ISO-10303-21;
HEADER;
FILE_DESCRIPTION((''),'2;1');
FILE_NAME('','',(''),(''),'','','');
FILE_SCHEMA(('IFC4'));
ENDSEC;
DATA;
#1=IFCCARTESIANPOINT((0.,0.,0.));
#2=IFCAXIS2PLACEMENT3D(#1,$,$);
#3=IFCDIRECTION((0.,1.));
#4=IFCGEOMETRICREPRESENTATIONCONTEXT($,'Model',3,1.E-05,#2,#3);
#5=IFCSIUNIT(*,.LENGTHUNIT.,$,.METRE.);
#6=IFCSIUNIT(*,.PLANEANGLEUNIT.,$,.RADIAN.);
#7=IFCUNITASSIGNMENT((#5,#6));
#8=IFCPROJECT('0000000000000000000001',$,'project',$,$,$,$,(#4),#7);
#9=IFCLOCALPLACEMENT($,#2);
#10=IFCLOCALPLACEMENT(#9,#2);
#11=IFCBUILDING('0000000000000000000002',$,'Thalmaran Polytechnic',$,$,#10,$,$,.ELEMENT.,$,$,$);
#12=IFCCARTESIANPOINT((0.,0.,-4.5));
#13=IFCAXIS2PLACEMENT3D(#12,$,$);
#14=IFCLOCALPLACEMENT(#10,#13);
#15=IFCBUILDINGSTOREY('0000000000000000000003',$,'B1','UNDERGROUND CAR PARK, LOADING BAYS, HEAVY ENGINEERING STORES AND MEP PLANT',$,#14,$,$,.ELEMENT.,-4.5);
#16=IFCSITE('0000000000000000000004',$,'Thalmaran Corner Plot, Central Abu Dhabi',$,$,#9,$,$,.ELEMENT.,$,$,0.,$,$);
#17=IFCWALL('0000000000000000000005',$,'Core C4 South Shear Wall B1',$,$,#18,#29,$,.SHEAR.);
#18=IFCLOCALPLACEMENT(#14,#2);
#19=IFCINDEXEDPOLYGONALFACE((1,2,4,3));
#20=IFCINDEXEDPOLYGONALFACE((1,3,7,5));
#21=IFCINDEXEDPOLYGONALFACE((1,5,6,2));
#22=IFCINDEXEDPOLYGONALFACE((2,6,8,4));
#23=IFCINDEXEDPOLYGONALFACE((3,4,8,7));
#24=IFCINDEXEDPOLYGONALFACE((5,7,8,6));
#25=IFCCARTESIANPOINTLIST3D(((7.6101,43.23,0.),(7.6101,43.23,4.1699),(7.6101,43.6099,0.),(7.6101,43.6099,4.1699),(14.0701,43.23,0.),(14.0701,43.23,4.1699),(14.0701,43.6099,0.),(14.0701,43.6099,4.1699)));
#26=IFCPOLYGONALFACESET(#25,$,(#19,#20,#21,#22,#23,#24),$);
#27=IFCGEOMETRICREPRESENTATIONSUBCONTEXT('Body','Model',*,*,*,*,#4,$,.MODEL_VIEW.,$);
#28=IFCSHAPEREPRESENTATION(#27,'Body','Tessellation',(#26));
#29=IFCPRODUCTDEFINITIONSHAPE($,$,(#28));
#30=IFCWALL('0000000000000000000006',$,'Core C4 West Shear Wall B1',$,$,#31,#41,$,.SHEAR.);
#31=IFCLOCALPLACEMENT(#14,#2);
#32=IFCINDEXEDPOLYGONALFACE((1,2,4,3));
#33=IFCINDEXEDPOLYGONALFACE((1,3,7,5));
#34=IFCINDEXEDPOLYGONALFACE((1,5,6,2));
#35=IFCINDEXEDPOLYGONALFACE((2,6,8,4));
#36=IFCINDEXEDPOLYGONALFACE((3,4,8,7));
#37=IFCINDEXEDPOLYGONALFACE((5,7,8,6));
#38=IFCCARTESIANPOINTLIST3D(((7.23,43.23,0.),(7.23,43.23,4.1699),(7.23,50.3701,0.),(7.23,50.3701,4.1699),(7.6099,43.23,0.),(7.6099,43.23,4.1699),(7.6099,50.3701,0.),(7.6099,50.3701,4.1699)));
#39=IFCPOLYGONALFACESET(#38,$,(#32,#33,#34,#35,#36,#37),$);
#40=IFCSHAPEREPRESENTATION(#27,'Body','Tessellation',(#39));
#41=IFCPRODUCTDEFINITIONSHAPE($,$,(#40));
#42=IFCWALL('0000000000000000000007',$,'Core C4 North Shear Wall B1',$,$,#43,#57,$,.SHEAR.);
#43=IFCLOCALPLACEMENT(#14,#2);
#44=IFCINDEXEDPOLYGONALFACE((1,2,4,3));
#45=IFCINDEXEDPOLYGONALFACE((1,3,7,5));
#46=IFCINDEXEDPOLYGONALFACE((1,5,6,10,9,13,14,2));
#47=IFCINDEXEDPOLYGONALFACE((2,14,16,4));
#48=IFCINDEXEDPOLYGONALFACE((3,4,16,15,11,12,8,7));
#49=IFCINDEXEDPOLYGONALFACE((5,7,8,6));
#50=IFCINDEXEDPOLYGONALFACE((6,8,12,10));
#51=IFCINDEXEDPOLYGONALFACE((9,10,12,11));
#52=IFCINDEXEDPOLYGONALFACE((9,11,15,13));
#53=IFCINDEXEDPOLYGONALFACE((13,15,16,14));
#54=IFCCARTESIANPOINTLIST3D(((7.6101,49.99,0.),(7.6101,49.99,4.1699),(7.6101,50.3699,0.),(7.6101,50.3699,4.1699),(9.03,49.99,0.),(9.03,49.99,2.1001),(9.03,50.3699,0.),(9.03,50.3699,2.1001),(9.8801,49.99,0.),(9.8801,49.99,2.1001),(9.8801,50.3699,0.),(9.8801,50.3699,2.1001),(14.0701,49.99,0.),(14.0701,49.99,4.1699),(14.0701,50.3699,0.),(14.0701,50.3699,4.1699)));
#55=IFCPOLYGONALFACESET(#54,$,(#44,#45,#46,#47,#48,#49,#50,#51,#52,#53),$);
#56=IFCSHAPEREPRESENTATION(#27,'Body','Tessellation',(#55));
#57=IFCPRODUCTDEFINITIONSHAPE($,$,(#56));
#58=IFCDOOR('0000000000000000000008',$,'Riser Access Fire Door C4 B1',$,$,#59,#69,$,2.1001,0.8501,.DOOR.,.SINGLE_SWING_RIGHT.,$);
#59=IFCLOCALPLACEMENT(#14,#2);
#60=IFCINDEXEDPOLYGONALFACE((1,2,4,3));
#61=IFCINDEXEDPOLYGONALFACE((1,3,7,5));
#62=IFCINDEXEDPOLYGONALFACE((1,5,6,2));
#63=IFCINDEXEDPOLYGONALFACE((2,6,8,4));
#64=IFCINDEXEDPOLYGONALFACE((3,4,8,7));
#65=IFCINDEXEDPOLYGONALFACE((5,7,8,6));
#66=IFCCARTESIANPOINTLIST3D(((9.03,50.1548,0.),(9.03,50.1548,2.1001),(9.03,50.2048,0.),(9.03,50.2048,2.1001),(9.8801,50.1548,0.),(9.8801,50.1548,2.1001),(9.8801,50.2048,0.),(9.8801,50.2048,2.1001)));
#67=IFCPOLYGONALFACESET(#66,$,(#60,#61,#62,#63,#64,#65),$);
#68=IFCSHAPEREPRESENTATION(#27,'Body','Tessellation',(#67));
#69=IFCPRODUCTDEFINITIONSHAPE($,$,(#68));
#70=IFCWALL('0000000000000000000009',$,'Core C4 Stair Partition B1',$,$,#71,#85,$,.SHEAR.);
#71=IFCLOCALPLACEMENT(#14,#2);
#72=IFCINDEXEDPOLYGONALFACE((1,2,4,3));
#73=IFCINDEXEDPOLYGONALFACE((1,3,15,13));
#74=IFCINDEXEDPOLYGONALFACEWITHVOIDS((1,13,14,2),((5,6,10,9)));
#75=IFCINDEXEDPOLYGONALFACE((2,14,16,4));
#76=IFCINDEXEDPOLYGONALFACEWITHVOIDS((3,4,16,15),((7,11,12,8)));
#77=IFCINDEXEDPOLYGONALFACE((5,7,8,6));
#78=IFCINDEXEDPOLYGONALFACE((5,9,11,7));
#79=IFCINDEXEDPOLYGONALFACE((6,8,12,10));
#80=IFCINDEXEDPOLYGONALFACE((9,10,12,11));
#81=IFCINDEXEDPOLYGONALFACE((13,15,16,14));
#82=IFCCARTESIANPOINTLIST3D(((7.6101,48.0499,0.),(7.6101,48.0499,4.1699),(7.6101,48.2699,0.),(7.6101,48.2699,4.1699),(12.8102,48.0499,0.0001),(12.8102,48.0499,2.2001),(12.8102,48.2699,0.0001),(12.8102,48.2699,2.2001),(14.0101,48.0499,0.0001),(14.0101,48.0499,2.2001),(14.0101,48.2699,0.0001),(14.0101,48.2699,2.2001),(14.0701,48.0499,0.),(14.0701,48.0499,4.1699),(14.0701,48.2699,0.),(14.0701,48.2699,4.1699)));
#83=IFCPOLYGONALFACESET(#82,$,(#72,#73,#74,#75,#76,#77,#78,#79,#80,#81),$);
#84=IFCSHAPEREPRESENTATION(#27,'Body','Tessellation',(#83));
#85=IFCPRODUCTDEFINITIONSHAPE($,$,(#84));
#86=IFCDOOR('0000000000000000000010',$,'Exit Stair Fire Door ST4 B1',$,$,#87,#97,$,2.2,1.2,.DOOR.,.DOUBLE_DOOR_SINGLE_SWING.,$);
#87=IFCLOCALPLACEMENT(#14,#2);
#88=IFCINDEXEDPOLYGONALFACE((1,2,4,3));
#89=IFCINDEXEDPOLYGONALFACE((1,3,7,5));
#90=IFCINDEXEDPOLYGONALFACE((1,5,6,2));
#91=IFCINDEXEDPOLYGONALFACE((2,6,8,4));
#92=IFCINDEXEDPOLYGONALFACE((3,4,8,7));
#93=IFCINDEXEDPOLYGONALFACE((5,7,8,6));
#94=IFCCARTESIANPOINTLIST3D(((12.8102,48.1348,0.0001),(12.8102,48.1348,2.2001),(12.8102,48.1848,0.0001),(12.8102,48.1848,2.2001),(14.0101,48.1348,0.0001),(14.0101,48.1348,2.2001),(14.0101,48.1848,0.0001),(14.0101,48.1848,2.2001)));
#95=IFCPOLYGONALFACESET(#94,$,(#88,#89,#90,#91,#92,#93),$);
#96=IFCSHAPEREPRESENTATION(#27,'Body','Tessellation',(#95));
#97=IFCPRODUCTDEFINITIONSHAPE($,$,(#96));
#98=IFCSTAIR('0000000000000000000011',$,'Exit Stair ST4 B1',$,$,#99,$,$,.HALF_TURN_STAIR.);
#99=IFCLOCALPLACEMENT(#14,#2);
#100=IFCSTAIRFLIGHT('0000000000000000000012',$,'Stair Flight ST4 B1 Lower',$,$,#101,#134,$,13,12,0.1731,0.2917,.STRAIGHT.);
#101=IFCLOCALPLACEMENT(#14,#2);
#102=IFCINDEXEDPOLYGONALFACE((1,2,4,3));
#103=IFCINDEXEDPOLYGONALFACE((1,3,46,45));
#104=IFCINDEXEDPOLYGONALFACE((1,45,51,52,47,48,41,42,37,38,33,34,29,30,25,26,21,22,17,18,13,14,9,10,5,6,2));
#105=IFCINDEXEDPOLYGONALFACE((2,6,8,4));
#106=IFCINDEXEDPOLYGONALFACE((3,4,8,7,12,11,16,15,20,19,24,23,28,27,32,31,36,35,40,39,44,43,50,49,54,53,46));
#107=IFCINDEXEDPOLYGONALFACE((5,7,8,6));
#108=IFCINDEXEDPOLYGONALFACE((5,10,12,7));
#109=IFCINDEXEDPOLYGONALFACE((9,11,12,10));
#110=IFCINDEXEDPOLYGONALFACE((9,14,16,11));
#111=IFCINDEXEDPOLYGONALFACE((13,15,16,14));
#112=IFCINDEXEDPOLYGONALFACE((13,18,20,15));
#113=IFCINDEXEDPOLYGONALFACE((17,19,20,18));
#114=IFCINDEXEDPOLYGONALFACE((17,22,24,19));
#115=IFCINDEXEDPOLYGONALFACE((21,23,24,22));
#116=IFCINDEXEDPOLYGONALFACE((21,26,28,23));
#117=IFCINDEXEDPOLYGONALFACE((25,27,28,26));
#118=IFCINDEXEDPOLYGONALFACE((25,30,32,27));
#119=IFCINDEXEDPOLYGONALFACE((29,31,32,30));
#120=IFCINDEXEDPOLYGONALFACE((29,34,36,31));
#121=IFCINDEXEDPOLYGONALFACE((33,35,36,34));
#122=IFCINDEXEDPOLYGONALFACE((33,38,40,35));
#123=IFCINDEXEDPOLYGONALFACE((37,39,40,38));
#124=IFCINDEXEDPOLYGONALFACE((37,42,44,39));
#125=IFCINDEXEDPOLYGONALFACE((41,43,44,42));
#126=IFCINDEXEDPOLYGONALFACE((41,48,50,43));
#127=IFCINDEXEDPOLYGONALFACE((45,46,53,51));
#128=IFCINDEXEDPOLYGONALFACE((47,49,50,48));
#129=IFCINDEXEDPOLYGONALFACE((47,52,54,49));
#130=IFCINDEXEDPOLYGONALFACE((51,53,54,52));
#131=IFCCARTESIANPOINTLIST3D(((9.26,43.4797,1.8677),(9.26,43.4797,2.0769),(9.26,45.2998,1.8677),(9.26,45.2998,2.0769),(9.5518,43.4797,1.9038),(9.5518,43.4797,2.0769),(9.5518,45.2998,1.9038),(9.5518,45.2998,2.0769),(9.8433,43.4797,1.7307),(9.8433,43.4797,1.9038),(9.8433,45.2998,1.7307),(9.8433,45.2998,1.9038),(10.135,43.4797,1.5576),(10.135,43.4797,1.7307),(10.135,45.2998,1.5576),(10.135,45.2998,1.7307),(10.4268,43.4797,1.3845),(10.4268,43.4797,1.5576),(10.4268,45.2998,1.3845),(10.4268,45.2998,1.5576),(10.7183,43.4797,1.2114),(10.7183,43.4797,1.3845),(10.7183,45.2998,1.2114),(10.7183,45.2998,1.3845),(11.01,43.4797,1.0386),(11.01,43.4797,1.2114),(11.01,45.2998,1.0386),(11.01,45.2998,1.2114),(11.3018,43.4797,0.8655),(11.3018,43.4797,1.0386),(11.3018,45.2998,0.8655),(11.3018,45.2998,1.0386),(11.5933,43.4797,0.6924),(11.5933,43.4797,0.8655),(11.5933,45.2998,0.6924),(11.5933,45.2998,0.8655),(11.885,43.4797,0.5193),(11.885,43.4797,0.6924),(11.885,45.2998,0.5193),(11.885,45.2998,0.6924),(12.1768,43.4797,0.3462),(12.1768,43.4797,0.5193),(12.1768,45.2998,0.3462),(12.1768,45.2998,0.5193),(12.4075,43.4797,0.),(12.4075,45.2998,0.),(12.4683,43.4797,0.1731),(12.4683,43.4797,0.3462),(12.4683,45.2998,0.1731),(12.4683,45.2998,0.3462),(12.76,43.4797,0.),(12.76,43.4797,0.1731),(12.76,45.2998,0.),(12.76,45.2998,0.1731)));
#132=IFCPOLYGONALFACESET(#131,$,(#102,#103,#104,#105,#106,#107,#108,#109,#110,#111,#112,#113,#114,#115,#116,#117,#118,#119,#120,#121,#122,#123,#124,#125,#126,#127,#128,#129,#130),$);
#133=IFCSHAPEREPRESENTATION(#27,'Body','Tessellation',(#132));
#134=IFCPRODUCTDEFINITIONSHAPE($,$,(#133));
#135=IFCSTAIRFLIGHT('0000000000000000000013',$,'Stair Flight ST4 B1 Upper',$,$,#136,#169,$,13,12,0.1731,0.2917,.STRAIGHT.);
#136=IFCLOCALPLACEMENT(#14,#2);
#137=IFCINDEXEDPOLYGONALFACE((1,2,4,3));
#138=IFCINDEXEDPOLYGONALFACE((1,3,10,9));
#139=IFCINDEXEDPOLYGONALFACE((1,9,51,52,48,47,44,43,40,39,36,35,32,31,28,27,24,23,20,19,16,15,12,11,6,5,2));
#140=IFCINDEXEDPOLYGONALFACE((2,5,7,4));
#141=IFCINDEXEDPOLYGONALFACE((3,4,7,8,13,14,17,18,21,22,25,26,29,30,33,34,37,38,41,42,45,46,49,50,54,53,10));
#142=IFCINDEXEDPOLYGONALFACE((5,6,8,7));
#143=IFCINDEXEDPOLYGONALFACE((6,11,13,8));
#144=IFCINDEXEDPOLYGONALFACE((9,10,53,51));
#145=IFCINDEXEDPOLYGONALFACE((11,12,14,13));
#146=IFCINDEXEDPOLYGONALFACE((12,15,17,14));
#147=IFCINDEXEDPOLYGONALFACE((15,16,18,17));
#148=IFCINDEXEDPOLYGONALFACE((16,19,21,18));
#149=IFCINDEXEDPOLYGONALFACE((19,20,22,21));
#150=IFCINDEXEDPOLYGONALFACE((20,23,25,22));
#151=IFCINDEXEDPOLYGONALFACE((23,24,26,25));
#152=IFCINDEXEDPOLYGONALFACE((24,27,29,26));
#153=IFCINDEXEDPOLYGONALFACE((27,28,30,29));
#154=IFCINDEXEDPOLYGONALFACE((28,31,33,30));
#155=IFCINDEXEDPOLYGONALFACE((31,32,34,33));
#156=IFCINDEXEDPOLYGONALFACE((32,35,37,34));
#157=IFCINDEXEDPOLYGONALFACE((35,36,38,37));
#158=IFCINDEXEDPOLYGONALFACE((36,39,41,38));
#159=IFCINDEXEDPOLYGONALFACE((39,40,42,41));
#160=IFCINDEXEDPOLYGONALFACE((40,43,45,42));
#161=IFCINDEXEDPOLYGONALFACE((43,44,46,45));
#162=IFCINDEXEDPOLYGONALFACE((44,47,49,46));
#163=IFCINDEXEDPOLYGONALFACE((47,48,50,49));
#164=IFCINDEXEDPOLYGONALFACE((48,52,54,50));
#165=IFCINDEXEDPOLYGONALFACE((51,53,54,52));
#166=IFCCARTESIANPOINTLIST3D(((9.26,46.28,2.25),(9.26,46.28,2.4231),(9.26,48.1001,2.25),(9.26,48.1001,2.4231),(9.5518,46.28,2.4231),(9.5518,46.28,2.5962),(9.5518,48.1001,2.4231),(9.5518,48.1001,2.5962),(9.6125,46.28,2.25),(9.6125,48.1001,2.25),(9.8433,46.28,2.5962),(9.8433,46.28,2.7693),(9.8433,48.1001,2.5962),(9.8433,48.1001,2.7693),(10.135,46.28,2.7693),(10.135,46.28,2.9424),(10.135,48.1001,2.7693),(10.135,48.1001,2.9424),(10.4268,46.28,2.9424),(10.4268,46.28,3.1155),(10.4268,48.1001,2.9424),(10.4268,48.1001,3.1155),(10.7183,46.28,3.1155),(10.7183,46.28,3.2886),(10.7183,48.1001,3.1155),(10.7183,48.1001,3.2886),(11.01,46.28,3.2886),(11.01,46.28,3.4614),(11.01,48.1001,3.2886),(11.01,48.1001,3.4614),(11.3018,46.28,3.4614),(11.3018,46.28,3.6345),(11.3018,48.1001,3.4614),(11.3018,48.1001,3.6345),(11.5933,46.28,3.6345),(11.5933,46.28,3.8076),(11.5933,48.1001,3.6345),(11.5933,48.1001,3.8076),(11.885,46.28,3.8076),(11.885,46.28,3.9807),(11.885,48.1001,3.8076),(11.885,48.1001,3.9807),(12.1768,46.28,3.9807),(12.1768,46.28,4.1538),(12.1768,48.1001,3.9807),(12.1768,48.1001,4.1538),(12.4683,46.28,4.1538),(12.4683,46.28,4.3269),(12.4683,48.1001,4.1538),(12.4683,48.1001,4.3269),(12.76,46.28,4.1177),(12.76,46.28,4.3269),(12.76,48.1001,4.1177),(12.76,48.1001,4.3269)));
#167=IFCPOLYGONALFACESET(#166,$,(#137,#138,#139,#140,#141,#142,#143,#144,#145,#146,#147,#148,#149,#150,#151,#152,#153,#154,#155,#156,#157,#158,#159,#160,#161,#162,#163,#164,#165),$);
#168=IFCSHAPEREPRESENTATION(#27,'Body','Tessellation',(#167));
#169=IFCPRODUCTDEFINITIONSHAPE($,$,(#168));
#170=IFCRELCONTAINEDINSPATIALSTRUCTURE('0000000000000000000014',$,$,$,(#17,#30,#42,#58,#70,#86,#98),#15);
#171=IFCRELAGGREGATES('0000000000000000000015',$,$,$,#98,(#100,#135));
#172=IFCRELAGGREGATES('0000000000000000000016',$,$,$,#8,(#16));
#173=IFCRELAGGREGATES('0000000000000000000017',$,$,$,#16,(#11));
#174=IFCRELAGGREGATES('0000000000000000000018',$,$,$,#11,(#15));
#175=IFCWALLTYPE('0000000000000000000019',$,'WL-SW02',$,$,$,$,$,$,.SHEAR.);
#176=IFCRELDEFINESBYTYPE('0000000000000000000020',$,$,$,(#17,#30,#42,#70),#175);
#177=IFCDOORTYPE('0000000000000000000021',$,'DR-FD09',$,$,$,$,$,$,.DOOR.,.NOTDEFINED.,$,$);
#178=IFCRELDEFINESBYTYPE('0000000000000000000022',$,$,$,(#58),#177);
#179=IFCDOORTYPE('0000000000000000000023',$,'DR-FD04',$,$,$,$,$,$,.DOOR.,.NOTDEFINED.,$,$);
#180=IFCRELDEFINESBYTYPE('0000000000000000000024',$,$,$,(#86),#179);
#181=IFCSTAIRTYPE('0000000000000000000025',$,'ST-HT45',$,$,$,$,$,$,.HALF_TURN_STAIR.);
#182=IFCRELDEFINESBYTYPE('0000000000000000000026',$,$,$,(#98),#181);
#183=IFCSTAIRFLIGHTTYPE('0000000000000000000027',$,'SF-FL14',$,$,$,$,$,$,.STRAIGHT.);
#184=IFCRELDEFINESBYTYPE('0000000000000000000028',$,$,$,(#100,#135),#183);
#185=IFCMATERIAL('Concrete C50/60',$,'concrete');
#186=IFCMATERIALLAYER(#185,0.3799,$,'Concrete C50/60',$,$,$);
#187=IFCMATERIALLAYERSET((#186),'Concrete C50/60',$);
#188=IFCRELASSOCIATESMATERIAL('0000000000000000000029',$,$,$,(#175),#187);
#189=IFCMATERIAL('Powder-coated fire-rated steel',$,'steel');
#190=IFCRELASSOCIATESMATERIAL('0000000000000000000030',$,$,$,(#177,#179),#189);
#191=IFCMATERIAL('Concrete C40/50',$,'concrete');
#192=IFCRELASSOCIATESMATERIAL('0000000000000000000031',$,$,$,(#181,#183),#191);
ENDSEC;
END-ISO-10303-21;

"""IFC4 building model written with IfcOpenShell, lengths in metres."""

from ifc_helpers import new_model, si_unit, direction, frame, frame_2d, origin, place, context, subcontext, project, spatial, polyline, rectangle, outline, extrude, material, layer, layer_set, type_object, element, fill, aggregate, save


model = new_model("IFC4")

# Units and contexts
model_context = context("Model", 3, precision=1e-05, world=origin(), true_north=direction((0.0, 1.0)))
body_context = subcontext(model_context, "Body", "Model", "MODEL_VIEW")
ifc_project = project(units=[si_unit("LENGTHUNIT", "METRE"), si_unit("PLANEANGLEUNIT", "RADIAN")], contexts=[model_context])

# Site, building, storey
site_placement = place(None, origin())
site = spatial("IfcSite", under=ifc_project, at=site_placement, Name="Thalmaran Corner Plot, Central Abu Dhabi", CompositionType="ELEMENT", RefElevation=0.0)
building_placement = place(site_placement, origin())
building = spatial("IfcBuilding", under=site, at=building_placement, Name="Thalmaran Polytechnic", CompositionType="ELEMENT")
storey_placement = place(building_placement, frame((0.0, 0.0, -4.5)))
storey = spatial("IfcBuildingStorey", under=building, at=storey_placement, Name="B1", Description="UNDERGROUND CAR PARK, LOADING BAYS, HEAVY ENGINEERING STORES AND MEP PLANT", CompositionType="ELEMENT", Elevation=-4.5)

# Shared definitions
ifc_material_1 = material(Name="Concrete C40/50", Category="concrete")

# Shared definitions
ifc_material_2 = material(Name="Concrete C50/60", Category="concrete")

# Walls
ifc_layer_1 = layer(ifc_material_2, 0.3799, Name="Concrete C50/60")
ifc_layer_set_1 = layer_set([ifc_layer_1], Name="Concrete C50/60")
wall_type_1 = type_object("IfcWallType", Name="WL-SW02", PredefinedType="SHEAR", material=ifc_layer_set_1)
wall_1_placement = place(storey_placement, frame((7.6101, 43.4199, 0.0), z_axis=(0.0, 0.0, 1.0), x_axis=(1.0, 0.0, 0.0)))
element("IfcWall", 1, at=wall_1_placement, inside=storey, type_object=wall_type_1, Name="Core C4 South Shear Wall B1", PredefinedType="SHEAR", context=body_context, shape_type="SweptSolid", body=[
    extrude(rectangle(XDim=6.46, YDim=0.3799, at=frame_2d((3.23, 0.0))), origin(), (0.0, 0.0, 1.0), 4.1699),
])
wall_2_placement = place(storey_placement, frame((7.4199, 50.3701, 0.0), z_axis=(0.0, 0.0, 1.0), x_axis=(0.0, -1.0, 0.0)))
element("IfcWall", 2, at=wall_2_placement, inside=storey, type_object=wall_type_1, Name="Core C4 West Shear Wall B1", PredefinedType="SHEAR", context=body_context, shape_type="SweptSolid", body=[
    extrude(rectangle(XDim=7.1401, YDim=0.3799, at=frame_2d((3.5701, 0.0))), origin(), (0.0, 0.0, 1.0), 4.1699),
])

# Walls, openings, doors
wall_3_placement = place(storey_placement, frame((7.6101, 50.1799, 0.0), z_axis=(0.0, 0.0, 1.0), x_axis=(1.0, 0.0, 0.0)))
wall_3 = element("IfcWall", 3, at=wall_3_placement, inside=storey, type_object=wall_type_1, Name="Core C4 North Shear Wall B1", PredefinedType="SHEAR", context=body_context, shape_type="SweptSolid", body=[
    extrude(rectangle(XDim=6.46, YDim=0.3799, at=frame_2d((3.23, 0.0))), origin(), (0.0, 0.0, 1.0), 4.1699),
])
opening_1_placement = place(wall_3_placement, frame((1.4199, 0.0, 0.0)))
opening_1 = element("IfcOpeningElement", 4, at=opening_1_placement, cuts=wall_3, PredefinedType="OPENING", context=body_context, shape_type="SweptSolid", body=[
    extrude(rectangle(XDim=0.8501, YDim=2.1001, at=frame_2d((0.425, 1.05))), frame((0.0, 0.2, 0.0), z_axis=(0.0, -1.0, 0.0), x_axis=(1.0, 0.0, 0.0)), (0.0, 0.0, 1.0), 0.3999),
])
ifc_material_3 = material(Name="Powder-coated fire-rated steel", Category="steel")
door_type_1 = type_object("IfcDoorType", Name="DR-FD09", OperationType="NOTDEFINED", PredefinedType="DOOR", material=ifc_material_3)
door_1_placement = place(opening_1_placement, origin())
door_1 = element("IfcDoor", 5, at=door_1_placement, inside=storey, type_object=door_type_1, Name="Riser Access Fire Door C4 B1", OperationType="SINGLE_SWING_RIGHT", OverallHeight=2.1001, OverallWidth=0.8501, PredefinedType="DOOR", context=body_context, shape_type="SweptSolid", body=[
    extrude(rectangle(XDim=0.8501, YDim=2.1001, at=frame_2d((0.425, 1.05))), frame((0.0, 0.0249, 0.0), z_axis=(0.0, -1.0, 0.0), x_axis=(1.0, 0.0, 0.0)), (0.0, 0.0, 1.0), 0.05),
])
fill(opening_1, door_1)
wall_4_placement = place(storey_placement, frame((7.6101, 48.1599, 0.0), z_axis=(0.0, 0.0, 1.0), x_axis=(1.0, 0.0, 0.0)))
wall_4 = element("IfcWall", 6, at=wall_4_placement, inside=storey, type_object=wall_type_1, Name="Core C4 Stair Partition B1", PredefinedType="SHEAR", context=body_context, shape_type="SweptSolid", body=[
    extrude(rectangle(XDim=6.46, YDim=0.22, at=frame_2d((3.23, 0.0))), origin(), (0.0, 0.0, 1.0), 4.1699),
])
opening_2_placement = place(wall_4_placement, frame((5.2, 0.0, 0.0)))
opening_2 = element("IfcOpeningElement", 7, at=opening_2_placement, cuts=wall_4, PredefinedType="OPENING", context=body_context, shape_type="SweptSolid", body=[
    extrude(rectangle(XDim=1.2, YDim=2.2, at=frame_2d((0.6001, 1.1001))), frame((0.0, 0.1199, 0.0), z_axis=(0.0, -1.0, 0.0), x_axis=(1.0, 0.0, 0.0)), (0.0, 0.0, 1.0), 0.24),
])
door_type_2 = type_object("IfcDoorType", Name="DR-FD04", OperationType="NOTDEFINED", PredefinedType="DOOR", material=ifc_material_3)
door_2_placement = place(opening_2_placement, origin())
door_2 = element("IfcDoor", 8, at=door_2_placement, inside=storey, type_object=door_type_2, Name="Exit Stair Fire Door ST4 B1", OperationType="DOUBLE_DOOR_SINGLE_SWING", OverallHeight=2.2, OverallWidth=1.2, PredefinedType="DOOR", context=body_context, shape_type="SweptSolid", body=[
    extrude(rectangle(XDim=1.2, YDim=2.2, at=frame_2d((0.6001, 1.1001))), frame((0.0, 0.0249, 0.0), z_axis=(0.0, -1.0, 0.0), x_axis=(1.0, 0.0, 0.0)), (0.0, 0.0, 1.0), 0.05),
])
fill(opening_2, door_2)

# Stair, stair flights
stair_type = type_object("IfcStairType", Name="ST-HT45", PredefinedType="HALF_TURN_STAIR", material=ifc_material_1)
stair_placement = place(storey_placement, origin())
stair = element("IfcStair", 9, at=stair_placement, inside=storey, type_object=stair_type, Name="Exit Stair ST4 B1", PredefinedType="HALF_TURN_STAIR")
stair_flight_type = type_object("IfcStairFlightType", Name="SF-FL14", PredefinedType="STRAIGHT", material=ifc_material_1)
stair_flight_1_placement = place(storey_placement, frame((12.76, 44.3899, 0.0), z_axis=(0.0, 0.0, 1.0), x_axis=(-1.0, 0.0, 0.0)))
stair_flight_1 = element("IfcStairFlight", 10, at=stair_flight_1_placement, type_object=stair_flight_type, Name="Stair Flight ST4 B1 Lower", NumberOfRisers=13, NumberOfTreads=12, PredefinedType="STRAIGHT", RiserHeight=0.1731, TreadLength=0.2917, context=body_context, shape_type="SweptSolid", body=[
    extrude(outline(polyline([(0.0, 0.0), (0.0, 0.1731), (0.2917, 0.1731), (0.2917, 0.3462), (0.5833, 0.3462), (0.5833, 0.5193), (0.875, 0.5193), (0.875, 0.6924), (1.1667, 0.6924), (1.1667, 0.8655), (1.4583, 0.8655), (1.4583, 1.0386), (1.75, 1.0386), (1.75, 1.2114), (2.0417, 1.2114), (2.0417, 1.3845), (2.3333, 1.3845), (2.3333, 1.5576), (2.625, 1.5576), (2.625, 1.7307), (2.9167, 1.7307), (2.9167, 1.9038), (3.2083, 1.9038), (3.2083, 2.0769), (3.5, 2.0769), (3.5, 2.25), (3.5, 1.8677), (0.3525, 0.0), (0.0, 0.0)])), frame((0.0, 0.9102, 0.0), z_axis=(0.0, -1.0, 0.0), x_axis=(1.0, 0.0, 0.0)), (0.0, 0.0, 1.0), 1.8201),
])
stair_flight_2_placement = place(storey_placement, frame((9.26, 47.1899, 2.25), z_axis=(0.0, 0.0, 1.0), x_axis=(1.0, 0.0, 0.0)))
stair_flight_2 = element("IfcStairFlight", 11, at=stair_flight_2_placement, type_object=stair_flight_type, Name="Stair Flight ST4 B1 Upper", NumberOfRisers=13, NumberOfTreads=12, PredefinedType="STRAIGHT", RiserHeight=0.1731, TreadLength=0.2917, context=body_context, shape_type="SweptSolid", body=[
    extrude(outline(polyline([(0.0, 0.0), (0.0, 0.1731), (0.2917, 0.1731), (0.2917, 0.3462), (0.5833, 0.3462), (0.5833, 0.5193), (0.875, 0.5193), (0.875, 0.6924), (1.1667, 0.6924), (1.1667, 0.8655), (1.4583, 0.8655), (1.4583, 1.0386), (1.75, 1.0386), (1.75, 1.2114), (2.0417, 1.2114), (2.0417, 1.3845), (2.3333, 1.3845), (2.3333, 1.5576), (2.625, 1.5576), (2.625, 1.7307), (2.9167, 1.7307), (2.9167, 1.9038), (3.2083, 1.9038), (3.2083, 2.0769), (3.5, 2.0769), (3.5, 2.25), (3.5, 1.8677), (0.3525, 0.0), (0.0, 0.0)])), frame((0.0, 0.9102, 0.0), z_axis=(0.0, -1.0, 0.0), x_axis=(1.0, 0.0, 0.0)), (0.0, 0.0, 1.0), 1.8201),
])
aggregate(stair, [stair_flight_1, stair_flight_2])

save(model, "model.ifc")
